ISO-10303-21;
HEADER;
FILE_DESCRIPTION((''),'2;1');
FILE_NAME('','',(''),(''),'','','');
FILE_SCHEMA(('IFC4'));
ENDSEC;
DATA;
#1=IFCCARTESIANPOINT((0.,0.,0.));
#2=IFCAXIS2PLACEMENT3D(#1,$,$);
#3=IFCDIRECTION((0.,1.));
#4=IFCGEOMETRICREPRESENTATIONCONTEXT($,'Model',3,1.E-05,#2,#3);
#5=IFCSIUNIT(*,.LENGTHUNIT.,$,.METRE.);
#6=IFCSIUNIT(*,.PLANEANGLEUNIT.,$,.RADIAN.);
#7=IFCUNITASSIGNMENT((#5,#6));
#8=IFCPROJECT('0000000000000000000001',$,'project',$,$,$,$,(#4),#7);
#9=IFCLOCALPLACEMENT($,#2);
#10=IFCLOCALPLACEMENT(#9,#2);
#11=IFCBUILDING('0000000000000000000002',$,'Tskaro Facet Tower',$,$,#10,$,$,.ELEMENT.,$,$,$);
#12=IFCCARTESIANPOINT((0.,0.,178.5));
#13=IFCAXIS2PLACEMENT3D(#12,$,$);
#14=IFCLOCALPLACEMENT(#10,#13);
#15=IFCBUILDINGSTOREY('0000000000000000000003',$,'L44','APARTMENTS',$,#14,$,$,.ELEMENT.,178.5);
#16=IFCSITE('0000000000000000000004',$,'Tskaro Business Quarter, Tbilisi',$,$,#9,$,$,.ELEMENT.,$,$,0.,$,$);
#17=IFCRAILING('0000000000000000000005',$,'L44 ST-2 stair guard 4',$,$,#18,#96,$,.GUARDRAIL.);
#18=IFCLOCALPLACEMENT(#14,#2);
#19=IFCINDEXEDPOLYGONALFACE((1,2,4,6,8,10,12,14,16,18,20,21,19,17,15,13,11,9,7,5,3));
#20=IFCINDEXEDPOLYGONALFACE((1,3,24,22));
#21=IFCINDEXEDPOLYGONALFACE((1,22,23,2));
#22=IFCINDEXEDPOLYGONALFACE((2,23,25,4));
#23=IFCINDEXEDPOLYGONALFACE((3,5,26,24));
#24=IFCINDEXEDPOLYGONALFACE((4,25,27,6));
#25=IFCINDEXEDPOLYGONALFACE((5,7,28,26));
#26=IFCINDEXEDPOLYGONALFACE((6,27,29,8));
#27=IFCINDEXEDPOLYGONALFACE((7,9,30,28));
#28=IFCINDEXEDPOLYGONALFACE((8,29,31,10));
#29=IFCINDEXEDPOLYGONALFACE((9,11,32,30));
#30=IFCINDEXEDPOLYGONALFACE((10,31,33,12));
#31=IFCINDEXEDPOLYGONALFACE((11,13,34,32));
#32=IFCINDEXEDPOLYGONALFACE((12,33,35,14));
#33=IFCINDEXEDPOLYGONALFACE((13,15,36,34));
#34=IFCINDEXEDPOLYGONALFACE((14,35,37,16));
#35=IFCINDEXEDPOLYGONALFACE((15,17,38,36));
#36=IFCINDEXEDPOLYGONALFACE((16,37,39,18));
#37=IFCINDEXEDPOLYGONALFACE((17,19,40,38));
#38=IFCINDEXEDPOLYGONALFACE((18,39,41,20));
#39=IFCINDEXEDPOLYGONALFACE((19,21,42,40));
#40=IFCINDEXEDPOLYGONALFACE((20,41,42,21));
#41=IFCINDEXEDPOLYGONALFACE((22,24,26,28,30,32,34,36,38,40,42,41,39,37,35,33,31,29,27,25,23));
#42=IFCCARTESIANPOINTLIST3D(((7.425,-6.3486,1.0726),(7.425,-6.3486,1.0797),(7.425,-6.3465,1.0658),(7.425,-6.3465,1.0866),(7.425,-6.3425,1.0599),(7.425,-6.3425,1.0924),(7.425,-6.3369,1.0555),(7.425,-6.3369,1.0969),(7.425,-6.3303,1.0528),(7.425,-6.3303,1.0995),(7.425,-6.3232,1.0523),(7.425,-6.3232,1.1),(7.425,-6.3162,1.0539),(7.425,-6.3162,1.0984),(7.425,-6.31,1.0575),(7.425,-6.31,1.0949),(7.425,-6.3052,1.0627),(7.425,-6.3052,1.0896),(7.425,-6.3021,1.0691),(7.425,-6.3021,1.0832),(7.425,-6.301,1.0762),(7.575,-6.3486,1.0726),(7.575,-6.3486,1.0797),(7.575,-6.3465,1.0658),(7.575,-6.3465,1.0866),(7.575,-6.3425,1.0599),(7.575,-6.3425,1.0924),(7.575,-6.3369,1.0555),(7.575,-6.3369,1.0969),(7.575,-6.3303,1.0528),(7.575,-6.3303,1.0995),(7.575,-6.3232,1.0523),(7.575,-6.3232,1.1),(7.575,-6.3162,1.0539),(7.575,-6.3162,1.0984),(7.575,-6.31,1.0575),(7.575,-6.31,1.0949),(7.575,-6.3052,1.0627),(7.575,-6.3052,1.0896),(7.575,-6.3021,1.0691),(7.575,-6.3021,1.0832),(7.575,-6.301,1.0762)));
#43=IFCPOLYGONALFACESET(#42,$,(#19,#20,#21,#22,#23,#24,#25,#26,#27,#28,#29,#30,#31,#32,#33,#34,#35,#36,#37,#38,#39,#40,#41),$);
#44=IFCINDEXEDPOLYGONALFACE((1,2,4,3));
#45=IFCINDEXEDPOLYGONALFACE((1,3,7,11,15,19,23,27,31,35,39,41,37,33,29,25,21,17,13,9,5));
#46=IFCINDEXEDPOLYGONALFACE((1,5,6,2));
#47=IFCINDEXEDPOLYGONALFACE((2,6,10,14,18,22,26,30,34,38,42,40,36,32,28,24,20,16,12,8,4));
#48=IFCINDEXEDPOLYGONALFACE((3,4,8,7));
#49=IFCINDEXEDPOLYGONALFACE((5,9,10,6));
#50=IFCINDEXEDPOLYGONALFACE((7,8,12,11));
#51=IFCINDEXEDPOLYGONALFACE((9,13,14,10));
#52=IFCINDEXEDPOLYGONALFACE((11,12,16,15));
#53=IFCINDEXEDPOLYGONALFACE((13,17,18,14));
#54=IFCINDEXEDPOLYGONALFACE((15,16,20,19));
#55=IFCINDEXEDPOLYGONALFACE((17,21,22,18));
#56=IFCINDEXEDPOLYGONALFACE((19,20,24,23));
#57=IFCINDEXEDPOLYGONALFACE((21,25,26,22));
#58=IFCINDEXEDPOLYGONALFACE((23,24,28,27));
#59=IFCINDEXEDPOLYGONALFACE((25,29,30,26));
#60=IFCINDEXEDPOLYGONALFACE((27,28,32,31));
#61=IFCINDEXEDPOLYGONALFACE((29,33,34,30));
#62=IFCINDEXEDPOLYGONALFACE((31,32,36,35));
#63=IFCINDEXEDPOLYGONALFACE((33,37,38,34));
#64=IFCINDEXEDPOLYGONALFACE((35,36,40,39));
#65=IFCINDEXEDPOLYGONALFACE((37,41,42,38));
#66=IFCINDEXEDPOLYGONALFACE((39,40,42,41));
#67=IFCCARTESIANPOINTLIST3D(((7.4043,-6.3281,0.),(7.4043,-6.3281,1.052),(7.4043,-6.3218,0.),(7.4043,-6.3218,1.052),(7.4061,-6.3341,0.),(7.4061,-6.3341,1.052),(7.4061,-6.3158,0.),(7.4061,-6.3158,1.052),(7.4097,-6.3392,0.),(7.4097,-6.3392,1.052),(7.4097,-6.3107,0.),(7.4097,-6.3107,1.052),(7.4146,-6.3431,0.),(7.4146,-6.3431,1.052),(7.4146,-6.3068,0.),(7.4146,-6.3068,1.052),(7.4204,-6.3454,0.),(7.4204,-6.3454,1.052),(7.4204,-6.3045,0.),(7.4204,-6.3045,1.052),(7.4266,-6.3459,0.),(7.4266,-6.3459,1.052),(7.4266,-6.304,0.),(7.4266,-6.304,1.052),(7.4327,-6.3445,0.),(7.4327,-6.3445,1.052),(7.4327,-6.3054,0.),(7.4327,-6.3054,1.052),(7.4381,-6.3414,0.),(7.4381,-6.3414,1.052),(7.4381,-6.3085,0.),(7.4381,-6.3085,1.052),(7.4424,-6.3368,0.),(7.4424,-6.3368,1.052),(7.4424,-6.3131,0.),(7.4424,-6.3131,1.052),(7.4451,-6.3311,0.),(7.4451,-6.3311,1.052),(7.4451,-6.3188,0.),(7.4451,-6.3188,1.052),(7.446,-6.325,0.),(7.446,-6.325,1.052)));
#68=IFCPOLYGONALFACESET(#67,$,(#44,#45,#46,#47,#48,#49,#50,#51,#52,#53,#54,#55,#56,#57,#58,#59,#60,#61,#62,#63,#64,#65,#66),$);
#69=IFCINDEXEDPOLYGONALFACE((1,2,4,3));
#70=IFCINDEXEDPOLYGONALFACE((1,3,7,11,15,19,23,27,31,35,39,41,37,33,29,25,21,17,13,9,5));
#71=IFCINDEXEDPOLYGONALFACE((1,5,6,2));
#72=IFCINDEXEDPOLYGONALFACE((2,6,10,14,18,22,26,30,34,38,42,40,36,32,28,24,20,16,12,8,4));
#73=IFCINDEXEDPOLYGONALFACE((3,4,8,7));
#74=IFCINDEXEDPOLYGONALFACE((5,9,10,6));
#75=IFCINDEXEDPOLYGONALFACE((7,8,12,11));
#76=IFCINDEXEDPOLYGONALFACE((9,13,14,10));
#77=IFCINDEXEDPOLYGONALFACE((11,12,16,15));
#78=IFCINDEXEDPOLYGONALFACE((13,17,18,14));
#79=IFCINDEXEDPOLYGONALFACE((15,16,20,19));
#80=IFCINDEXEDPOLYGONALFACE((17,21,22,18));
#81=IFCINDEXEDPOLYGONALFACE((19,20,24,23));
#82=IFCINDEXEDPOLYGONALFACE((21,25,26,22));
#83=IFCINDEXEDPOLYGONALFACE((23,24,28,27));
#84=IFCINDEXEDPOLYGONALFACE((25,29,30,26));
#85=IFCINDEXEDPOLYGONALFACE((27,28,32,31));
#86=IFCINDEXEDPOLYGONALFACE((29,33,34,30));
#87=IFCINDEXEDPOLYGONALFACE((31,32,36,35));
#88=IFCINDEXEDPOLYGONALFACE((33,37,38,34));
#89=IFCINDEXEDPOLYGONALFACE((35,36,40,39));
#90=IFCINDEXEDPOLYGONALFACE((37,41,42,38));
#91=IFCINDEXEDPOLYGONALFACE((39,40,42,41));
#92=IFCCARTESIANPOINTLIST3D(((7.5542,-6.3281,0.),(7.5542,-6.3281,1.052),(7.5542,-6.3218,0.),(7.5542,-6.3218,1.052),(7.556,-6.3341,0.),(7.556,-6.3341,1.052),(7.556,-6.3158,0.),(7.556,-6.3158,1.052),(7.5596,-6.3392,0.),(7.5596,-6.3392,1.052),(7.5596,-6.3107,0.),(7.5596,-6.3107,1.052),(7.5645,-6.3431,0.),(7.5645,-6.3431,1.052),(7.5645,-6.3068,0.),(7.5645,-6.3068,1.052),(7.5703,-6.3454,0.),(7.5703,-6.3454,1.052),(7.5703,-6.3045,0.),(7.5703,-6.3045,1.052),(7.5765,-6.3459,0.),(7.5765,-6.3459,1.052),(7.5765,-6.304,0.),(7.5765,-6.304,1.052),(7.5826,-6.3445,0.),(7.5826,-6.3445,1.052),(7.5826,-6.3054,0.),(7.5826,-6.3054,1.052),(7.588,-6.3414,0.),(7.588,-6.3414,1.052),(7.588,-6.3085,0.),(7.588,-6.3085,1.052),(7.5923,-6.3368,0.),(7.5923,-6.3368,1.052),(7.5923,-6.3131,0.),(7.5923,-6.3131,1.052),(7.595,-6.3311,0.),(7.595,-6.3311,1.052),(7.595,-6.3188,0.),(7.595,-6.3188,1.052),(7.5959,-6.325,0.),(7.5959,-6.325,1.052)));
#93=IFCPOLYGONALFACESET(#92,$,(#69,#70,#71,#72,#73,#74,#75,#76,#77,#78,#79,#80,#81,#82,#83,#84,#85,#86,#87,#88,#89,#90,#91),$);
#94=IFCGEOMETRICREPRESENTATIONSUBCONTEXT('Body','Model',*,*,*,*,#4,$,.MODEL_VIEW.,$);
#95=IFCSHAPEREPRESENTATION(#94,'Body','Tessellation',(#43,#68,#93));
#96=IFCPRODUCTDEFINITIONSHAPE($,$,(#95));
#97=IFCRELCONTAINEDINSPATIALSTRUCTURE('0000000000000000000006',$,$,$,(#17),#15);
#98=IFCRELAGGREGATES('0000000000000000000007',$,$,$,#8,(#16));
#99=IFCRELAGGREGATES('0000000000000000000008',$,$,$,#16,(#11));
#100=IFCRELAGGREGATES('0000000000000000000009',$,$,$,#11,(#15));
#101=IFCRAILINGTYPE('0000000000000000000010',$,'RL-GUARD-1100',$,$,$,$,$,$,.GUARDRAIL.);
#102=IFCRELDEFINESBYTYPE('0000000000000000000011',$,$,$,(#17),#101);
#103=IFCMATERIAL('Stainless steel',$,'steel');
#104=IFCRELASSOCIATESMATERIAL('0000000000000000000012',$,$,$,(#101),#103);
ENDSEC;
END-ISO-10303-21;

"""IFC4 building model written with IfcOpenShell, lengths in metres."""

from ifc_helpers import new_model, si_unit, direction, frame, origin, origin_2d, place, context, subcontext, project, spatial, circle, extrude, material, type_object, element, save


model = new_model("IFC4")

# Units and contexts
model_context = context("Model", 3, precision=1e-05, world=origin(), true_north=direction((0.0, 1.0)))
body_context = subcontext(model_context, "Body", "Model", "MODEL_VIEW")
ifc_project = project(units=[si_unit("LENGTHUNIT", "METRE"), si_unit("PLANEANGLEUNIT", "RADIAN")], contexts=[model_context])

# Site, building, storey
site_placement = place(None, origin())
site = spatial("IfcSite", under=ifc_project, at=site_placement, Name="Tskaro Business Quarter, Tbilisi", CompositionType="ELEMENT", RefElevation=0.0)
building_placement = place(site_placement, origin())
building = spatial("IfcBuilding", under=site, at=building_placement, Name="Tskaro Facet Tower", CompositionType="ELEMENT")
storey_placement = place(building_placement, frame((0.0, 0.0, 178.5)))
storey = spatial("IfcBuildingStorey", under=building, at=storey_placement, Name="L44", Description="APARTMENTS", CompositionType="ELEMENT", Elevation=178.5)

# Shared definitions
ifc_material_1 = material(Name="Stainless steel", Category="steel")

# Railing
railing_type_1 = type_object("IfcRailingType", Name="RL-GUARD-1100", PredefinedType="GUARDRAIL", material=ifc_material_1)
railing_1_placement = place(storey_placement, frame((7.425, -6.325, 0.0)))
element("IfcRailing", 1, at=railing_1_placement, inside=storey, type_object=railing_type_1, Name="L44 ST-2 stair guard 4", PredefinedType="GUARDRAIL", context=body_context, shape_type="SweptSolid", body=[
    extrude(circle(Radius=0.0239, at=origin_2d()), frame((0.0, 0.0, 1.0762), z_axis=(1.0, 0.0, 0.0), x_axis=(0.0, 1.0, 0.0)), (0.0, 0.0, 1.0), 0.1499),
    extrude(circle(Radius=0.021, at=origin_2d()), origin(), (0.0, 0.0, 1.0), 1.052),
    extrude(circle(Radius=0.021, at=origin_2d()), frame((0.1499, 0.0, 0.0)), (0.0, 0.0, 1.0), 1.052),
])

save(model, "model.ifc")
